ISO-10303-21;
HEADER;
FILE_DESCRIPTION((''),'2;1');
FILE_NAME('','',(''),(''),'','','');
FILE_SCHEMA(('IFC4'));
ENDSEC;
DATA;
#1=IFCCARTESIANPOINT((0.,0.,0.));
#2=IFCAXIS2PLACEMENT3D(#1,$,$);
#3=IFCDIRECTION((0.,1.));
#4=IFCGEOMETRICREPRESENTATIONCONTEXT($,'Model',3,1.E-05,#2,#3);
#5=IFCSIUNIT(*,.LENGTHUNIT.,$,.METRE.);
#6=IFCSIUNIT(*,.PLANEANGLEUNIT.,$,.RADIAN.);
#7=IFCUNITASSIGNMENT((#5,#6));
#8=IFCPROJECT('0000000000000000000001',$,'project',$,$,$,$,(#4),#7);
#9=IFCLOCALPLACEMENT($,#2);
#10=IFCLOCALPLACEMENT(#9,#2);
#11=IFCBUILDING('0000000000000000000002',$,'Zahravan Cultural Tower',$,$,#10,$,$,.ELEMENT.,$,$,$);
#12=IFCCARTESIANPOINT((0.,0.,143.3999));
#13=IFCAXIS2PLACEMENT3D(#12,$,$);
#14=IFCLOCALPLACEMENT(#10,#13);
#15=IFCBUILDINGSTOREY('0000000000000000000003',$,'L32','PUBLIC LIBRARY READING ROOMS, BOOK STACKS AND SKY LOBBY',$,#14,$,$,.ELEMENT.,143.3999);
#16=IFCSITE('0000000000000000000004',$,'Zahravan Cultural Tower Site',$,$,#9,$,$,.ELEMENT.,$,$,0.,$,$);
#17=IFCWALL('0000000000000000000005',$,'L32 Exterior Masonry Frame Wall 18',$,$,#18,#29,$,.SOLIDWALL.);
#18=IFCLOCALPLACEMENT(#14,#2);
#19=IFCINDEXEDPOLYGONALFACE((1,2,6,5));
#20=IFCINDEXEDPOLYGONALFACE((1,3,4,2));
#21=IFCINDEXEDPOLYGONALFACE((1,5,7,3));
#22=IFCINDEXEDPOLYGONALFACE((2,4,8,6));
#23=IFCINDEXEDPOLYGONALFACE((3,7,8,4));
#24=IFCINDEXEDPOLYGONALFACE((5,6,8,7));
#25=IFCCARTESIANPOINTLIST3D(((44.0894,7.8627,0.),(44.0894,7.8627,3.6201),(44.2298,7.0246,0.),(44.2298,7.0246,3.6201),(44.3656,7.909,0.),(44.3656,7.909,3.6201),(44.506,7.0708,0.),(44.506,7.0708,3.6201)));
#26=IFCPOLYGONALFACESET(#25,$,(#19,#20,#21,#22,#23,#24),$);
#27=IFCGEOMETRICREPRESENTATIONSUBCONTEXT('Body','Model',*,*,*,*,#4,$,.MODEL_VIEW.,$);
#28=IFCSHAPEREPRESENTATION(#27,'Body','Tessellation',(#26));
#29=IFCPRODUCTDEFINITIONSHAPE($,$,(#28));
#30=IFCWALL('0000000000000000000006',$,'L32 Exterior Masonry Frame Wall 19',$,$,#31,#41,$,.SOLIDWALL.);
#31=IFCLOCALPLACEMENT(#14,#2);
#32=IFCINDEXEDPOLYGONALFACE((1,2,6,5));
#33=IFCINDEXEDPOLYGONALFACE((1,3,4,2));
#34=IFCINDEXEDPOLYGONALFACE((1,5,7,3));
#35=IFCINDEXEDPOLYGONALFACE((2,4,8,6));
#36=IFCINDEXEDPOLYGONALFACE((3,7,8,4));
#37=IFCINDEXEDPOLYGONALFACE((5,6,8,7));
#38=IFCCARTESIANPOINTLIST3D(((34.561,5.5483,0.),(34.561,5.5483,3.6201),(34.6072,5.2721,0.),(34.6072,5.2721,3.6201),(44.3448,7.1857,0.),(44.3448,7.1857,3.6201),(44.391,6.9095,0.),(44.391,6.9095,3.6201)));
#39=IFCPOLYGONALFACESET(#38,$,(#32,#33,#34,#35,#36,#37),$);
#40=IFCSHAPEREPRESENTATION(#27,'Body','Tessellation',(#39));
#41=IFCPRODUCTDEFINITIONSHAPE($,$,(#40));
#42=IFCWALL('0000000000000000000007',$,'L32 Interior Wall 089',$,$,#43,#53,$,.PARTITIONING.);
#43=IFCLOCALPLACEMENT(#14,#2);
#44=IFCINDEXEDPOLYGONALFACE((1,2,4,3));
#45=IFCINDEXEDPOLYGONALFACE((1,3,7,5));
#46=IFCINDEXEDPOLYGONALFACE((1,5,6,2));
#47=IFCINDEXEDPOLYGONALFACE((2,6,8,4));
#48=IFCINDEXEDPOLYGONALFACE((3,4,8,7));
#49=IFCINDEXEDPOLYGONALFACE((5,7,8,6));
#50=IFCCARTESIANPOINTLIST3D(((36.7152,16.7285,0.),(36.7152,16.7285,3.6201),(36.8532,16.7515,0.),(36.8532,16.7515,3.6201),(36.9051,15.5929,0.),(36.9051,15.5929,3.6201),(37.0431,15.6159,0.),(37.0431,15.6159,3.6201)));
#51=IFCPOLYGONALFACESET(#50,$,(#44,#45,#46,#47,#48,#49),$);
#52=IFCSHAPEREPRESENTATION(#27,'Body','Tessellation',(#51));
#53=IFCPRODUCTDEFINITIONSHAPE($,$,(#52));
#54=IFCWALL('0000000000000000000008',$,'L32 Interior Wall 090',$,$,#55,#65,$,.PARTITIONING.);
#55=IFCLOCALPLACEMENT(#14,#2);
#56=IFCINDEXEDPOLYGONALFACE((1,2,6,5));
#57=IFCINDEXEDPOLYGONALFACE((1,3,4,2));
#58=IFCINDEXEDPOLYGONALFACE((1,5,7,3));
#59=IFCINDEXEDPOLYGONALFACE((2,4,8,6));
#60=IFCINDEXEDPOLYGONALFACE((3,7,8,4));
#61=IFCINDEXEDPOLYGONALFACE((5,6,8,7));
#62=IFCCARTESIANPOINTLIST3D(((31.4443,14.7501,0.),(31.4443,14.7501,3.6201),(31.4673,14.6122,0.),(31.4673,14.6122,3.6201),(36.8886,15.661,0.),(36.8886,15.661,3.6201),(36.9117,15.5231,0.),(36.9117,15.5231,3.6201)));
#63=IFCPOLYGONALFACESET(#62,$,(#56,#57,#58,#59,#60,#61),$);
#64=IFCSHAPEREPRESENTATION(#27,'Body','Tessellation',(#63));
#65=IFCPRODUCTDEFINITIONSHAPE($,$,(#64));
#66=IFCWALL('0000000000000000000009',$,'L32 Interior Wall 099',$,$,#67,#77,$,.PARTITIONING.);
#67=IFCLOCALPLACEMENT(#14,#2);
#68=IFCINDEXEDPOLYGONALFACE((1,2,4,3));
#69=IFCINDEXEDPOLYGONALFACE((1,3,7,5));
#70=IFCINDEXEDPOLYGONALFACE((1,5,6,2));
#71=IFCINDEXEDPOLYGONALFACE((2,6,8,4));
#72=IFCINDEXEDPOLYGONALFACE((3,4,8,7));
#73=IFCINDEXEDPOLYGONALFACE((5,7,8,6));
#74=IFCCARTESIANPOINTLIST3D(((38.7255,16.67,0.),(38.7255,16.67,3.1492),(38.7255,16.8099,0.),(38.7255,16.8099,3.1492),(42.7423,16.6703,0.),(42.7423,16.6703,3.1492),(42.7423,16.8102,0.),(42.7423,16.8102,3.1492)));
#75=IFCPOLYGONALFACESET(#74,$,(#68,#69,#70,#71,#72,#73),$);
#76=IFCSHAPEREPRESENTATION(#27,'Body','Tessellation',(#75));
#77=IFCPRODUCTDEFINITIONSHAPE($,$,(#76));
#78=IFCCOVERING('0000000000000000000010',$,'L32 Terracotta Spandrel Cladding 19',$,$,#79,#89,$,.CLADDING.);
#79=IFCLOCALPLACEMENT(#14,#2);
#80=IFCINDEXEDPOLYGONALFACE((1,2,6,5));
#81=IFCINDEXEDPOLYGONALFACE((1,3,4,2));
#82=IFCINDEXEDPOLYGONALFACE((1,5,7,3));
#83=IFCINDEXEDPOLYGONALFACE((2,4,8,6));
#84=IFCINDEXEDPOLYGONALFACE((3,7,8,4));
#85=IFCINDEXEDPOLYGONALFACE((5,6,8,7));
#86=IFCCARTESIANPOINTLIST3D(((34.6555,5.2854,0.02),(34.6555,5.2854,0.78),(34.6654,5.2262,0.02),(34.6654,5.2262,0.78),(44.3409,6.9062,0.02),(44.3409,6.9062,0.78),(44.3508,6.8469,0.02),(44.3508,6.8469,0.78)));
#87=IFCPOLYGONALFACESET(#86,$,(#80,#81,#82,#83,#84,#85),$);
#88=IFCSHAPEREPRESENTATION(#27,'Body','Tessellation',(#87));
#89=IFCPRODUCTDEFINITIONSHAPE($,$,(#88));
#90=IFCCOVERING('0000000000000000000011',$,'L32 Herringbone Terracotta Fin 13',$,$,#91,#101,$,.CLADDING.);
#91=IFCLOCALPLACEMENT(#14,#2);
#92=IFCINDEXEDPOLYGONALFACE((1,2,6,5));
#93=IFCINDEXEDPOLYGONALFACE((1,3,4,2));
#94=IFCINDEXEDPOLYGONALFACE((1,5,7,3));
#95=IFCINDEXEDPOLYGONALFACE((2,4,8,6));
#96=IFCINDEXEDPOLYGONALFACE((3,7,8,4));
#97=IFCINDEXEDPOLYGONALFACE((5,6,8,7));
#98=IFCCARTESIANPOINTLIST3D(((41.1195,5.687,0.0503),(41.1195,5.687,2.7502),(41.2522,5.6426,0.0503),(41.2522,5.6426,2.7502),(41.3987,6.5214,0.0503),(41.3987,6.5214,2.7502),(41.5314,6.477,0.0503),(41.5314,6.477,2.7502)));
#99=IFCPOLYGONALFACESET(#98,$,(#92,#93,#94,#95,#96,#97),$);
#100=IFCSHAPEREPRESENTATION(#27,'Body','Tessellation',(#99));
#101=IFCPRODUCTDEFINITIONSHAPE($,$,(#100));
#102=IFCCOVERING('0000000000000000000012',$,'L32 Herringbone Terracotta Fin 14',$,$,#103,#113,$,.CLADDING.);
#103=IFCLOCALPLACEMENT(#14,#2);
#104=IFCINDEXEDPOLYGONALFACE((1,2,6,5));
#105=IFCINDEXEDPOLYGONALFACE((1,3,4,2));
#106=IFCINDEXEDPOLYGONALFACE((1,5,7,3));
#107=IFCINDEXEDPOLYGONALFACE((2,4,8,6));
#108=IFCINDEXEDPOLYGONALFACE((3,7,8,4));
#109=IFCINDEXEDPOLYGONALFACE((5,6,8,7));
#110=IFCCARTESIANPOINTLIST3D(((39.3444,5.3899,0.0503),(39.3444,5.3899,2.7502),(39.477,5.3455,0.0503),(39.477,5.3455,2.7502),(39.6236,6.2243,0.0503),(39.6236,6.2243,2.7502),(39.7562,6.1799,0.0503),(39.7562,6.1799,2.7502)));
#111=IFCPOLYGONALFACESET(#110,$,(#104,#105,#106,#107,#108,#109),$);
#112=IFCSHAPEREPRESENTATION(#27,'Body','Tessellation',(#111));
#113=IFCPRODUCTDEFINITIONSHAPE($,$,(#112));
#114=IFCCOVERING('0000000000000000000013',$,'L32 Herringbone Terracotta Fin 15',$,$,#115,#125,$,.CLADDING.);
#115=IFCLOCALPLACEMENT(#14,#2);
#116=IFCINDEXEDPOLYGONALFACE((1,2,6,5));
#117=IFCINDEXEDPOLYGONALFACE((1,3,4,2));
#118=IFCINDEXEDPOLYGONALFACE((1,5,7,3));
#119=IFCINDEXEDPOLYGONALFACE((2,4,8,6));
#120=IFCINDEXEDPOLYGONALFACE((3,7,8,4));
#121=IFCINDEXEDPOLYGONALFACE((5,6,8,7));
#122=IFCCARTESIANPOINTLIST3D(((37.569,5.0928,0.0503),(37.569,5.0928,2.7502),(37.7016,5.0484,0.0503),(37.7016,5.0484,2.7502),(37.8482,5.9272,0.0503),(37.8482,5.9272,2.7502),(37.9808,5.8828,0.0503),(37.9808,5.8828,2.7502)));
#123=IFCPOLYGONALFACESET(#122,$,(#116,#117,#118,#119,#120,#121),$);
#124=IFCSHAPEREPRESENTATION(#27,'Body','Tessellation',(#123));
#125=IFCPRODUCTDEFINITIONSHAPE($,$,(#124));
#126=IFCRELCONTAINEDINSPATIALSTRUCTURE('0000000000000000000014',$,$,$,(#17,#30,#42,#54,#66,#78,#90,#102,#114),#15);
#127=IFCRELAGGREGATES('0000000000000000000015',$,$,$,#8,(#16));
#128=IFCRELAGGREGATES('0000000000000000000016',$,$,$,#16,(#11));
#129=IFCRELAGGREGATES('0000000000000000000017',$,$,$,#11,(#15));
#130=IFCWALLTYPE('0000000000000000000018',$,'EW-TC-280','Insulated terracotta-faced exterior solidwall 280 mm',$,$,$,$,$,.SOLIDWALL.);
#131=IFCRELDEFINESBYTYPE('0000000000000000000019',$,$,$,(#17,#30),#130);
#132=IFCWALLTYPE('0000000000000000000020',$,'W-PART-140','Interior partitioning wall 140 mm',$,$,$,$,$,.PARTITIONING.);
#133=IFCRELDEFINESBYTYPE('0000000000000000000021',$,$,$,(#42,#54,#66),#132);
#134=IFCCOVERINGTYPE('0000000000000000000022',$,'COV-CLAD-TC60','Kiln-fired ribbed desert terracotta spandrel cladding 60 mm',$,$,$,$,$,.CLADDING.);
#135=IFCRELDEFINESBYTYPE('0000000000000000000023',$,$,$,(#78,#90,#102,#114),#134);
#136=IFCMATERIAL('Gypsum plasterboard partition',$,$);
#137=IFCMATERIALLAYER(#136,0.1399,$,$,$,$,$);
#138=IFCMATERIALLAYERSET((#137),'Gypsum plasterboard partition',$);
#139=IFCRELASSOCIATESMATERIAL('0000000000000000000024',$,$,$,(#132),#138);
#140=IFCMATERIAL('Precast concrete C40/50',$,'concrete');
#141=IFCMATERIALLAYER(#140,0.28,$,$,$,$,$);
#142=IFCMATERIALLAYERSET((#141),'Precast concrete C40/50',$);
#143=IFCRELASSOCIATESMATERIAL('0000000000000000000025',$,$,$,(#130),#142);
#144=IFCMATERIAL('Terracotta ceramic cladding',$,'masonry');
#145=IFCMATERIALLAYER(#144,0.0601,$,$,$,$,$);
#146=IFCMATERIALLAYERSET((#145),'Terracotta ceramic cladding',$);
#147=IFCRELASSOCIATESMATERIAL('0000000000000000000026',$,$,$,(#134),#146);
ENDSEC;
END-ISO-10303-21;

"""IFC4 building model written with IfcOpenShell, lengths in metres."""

from ifc_helpers import new_model, si_unit, direction, frame, frame_2d, origin, origin_2d, place, context, subcontext, project, spatial, rectangle, extrude, source, transform, mapped, material, layer, layer_set, type_object, element, save


model = new_model("IFC4")

# Units and contexts
model_context = context("Model", 3, precision=1e-05, world=origin(), true_north=direction((0.0, 1.0)))
body_context = subcontext(model_context, "Body", "Model", "MODEL_VIEW")
ifc_project = project(units=[si_unit("LENGTHUNIT", "METRE"), si_unit("PLANEANGLEUNIT", "RADIAN")], contexts=[model_context])

# Site, building, storey
site_placement = place(None, origin())
site = spatial("IfcSite", under=ifc_project, at=site_placement, Name="Zahravan Cultural Tower Site", CompositionType="ELEMENT", RefElevation=0.0)
building_placement = place(site_placement, origin())
building = spatial("IfcBuilding", under=site, at=building_placement, Name="Zahravan Cultural Tower", CompositionType="ELEMENT")
storey_placement = place(building_placement, frame((0.0, 0.0, 143.3999)))
storey = spatial("IfcBuildingStorey", under=building, at=storey_placement, Name="L32", Description="PUBLIC LIBRARY READING ROOMS, BOOK STACKS AND SKY LOBBY", CompositionType="ELEMENT", Elevation=143.3999)

# Shared definitions
ifc_material_1 = material(Name="Gypsum plasterboard partition")
ifc_layer_1 = layer(ifc_material_1, 0.1399)
ifc_layer_set_1 = layer_set([ifc_layer_1], Name="Gypsum plasterboard partition")
wall_type_1 = type_object("IfcWallType", Name="W-PART-140", Description="Interior partitioning wall 140 mm", PredefinedType="PARTITIONING", material=ifc_layer_set_1)

# Walls
ifc_material_2 = material(Name="Precast concrete C40/50", Category="concrete")
ifc_layer_2 = layer(ifc_material_2, 0.28)
ifc_layer_set_2 = layer_set([ifc_layer_2], Name="Precast concrete C40/50")
wall_type_2 = type_object("IfcWallType", Name="EW-TC-280", Description="Insulated terracotta-faced exterior solidwall 280 mm", PredefinedType="SOLIDWALL", material=ifc_layer_set_2)
shared_shape_1 = source(origin(), body_context, "Body", "SweptSolid", [
    extrude(rectangle(XDim=0.8499, YDim=0.28, at=frame_2d((0.4248, 0.0))), origin(), (0.0, 0.0, 1.0), 3.6201),
])
wall_1_placement = place(storey_placement, frame((44.2275, 7.8857, 0.0), z_axis=(0.0, 0.0, 1.0), x_axis=(0.165191, -0.986262, 0.0)))
element("IfcWall", 1, at=wall_1_placement, inside=storey, type_object=wall_type_2, Name="L32 Exterior Masonry Frame Wall 18", PredefinedType="SOLIDWALL", context=body_context, shape_type="MappedRepresentation", body=[
    mapped(shared_shape_1, transform((0.0, 0.0, 0.0), x_axis=(1.0, 0.0, 0.0), y_axis=(0.0, 1.0, 0.0), z_axis=(0.0, 0.0, 1.0), scale=1.0)),
])
shared_shape_2 = source(origin(), body_context, "Body", "SweptSolid", [
    extrude(rectangle(XDim=9.9199, YDim=0.28, at=frame_2d((4.96, 0.0))), origin(), (0.0, 0.0, 1.0), 3.6201),
])
wall_2_placement = place(storey_placement, frame((44.3679, 7.0476, 0.0), z_axis=(0.0, 0.0, 1.0), x_axis=(-0.986283, -0.165065, 0.0)))
element("IfcWall", 2, at=wall_2_placement, inside=storey, type_object=wall_type_2, Name="L32 Exterior Masonry Frame Wall 19", PredefinedType="SOLIDWALL", context=body_context, shape_type="MappedRepresentation", body=[
    mapped(shared_shape_2, transform((0.0, 0.0, 0.0), x_axis=(1.0, 0.0, 0.0), y_axis=(0.0, 1.0, 0.0), z_axis=(0.0, 0.0, 1.0), scale=1.0)),
])
shared_shape_3 = source(origin(), body_context, "Body", "SweptSolid", [
    extrude(rectangle(XDim=1.1514, YDim=0.1399, at=frame_2d((0.5757, 0.0))), origin(), (0.0, 0.0, 1.0), 3.6201),
])
wall_3_placement = place(storey_placement, frame((36.7842, 16.74, 0.0), z_axis=(0.0, 0.0, 1.0), x_axis=(0.164984, -0.986296, 0.0)))
element("IfcWall", 3, at=wall_3_placement, inside=storey, type_object=wall_type_1, Name="L32 Interior Wall 089", PredefinedType="PARTITIONING", context=body_context, shape_type="MappedRepresentation", body=[
    mapped(shared_shape_3, transform((0.0, 0.0, 0.0), x_axis=(1.0, 0.0, 0.0), y_axis=(0.0, 1.0, 0.0), z_axis=(0.0, 0.0, 1.0), scale=1.0)),
])
shared_shape_4 = source(origin(), body_context, "Body", "SweptSolid", [
    extrude(rectangle(XDim=5.52, YDim=0.1399, at=frame_2d((2.76, 0.0))), origin(), (0.0, 0.0, 1.0), 3.6201),
])
wall_4_placement = place(storey_placement, frame((36.9001, 15.592, 0.0), z_axis=(0.0, 0.0, 1.0), x_axis=(-0.986291, -0.165016, 0.0)))
element("IfcWall", 4, at=wall_4_placement, inside=storey, type_object=wall_type_1, Name="L32 Interior Wall 090", PredefinedType="PARTITIONING", context=body_context, shape_type="MappedRepresentation", body=[
    mapped(shared_shape_4, transform((0.0, 0.0, 0.0), x_axis=(1.0, 0.0, 0.0), y_axis=(0.0, 1.0, 0.0), z_axis=(0.0, 0.0, 1.0), scale=1.0)),
])
shared_shape_5 = source(origin(), body_context, "Body", "SweptSolid", [
    extrude(rectangle(XDim=4.0168, YDim=0.1399, at=frame_2d((2.0083, 0.0))), origin(), (0.0, 0.0, 1.0), 3.1492),
])
wall_5_placement = place(storey_placement, frame((38.7256, 16.74, 0.0), z_axis=(0.0, 0.0, 1.0), x_axis=(1.0, 0.000061, 0.0)))
element("IfcWall", 5, at=wall_5_placement, inside=storey, type_object=wall_type_1, Name="L32 Interior Wall 099", PredefinedType="PARTITIONING", context=body_context, shape_type="MappedRepresentation", body=[
    mapped(shared_shape_5, transform((0.0, 0.0, 0.0), x_axis=(1.0, 0.0, 0.0), y_axis=(0.0, 1.0, 0.0), z_axis=(0.0, 0.0, 1.0), scale=1.0)),
])

# Coverings
ifc_material_3 = material(Name="Terracotta ceramic cladding", Category="masonry")
ifc_layer_3 = layer(ifc_material_3, 0.0601)
ifc_layer_set_3 = layer_set([ifc_layer_3], Name="Terracotta ceramic cladding")
covering_type = type_object("IfcCoveringType", Name="COV-CLAD-TC60", Description="Kiln-fired ribbed desert terracotta spandrel cladding 60 mm", PredefinedType="CLADDING", material=ifc_layer_set_3)
shared_shape_6 = source(origin(), body_context, "Body", "SweptSolid", [
    extrude(rectangle(XDim=9.8201, YDim=0.0601, at=origin_2d()), origin(), (0.0, 0.0, 1.0), 0.76),
])
covering_placement = place(storey_placement, frame((39.5032, 6.0662, 0.02), z_axis=(0.0, 0.0, 1.0), x_axis=(-0.986286, -0.165048, 0.0)))
element("IfcCovering", 6, at=covering_placement, inside=storey, type_object=covering_type, Name="L32 Terracotta Spandrel Cladding 19", PredefinedType="CLADDING", context=body_context, shape_type="MappedRepresentation", body=[
    mapped(shared_shape_6, transform((0.0, 0.0, 0.0), x_axis=(1.0, 0.0, 0.0), y_axis=(0.0, 1.0, 0.0), z_axis=(0.0, 0.0, 1.0), scale=1.0)),
])
shared_shape_7 = source(origin(), body_context, "Body", "SweptSolid", [
    extrude(rectangle(XDim=0.8799, YDim=0.1399, at=origin_2d()), origin(), (0.0, 0.0, 1.0), 2.7),
])
for number, where, z_axis, x_axis, name in (
    (7, (41.3254, 6.082, 0.0503), (0.0, 0.0, 1.0), (-0.317305, -0.948324, 0.0), "L32 Herringbone Terracotta Fin 13"),
    (8, (39.5503, 5.7849, 0.0503), (0.0, 0.0, 1.0), (-0.317305, -0.948324, 0.0), "L32 Herringbone Terracotta Fin 14"),
    (9, (37.7749, 5.4878, 0.0503), (0.0, 0.0, 1.0), (-0.317305, -0.948324, 0.0), "L32 Herringbone Terracotta Fin 15"),
):
    element("IfcCovering", number, at=place(storey_placement, frame(where, z_axis=z_axis, x_axis=x_axis)), inside=storey, type_object=covering_type, Name=name, PredefinedType="CLADDING", context=body_context, shape_type="MappedRepresentation", body=[
        mapped(shared_shape_7, transform((0.0, 0.0, 0.0), x_axis=(1.0, 0.0, 0.0), y_axis=(0.0, 1.0, 0.0), z_axis=(0.0, 0.0, 1.0), scale=1.0)),
    ])

save(model, "model.ifc")
